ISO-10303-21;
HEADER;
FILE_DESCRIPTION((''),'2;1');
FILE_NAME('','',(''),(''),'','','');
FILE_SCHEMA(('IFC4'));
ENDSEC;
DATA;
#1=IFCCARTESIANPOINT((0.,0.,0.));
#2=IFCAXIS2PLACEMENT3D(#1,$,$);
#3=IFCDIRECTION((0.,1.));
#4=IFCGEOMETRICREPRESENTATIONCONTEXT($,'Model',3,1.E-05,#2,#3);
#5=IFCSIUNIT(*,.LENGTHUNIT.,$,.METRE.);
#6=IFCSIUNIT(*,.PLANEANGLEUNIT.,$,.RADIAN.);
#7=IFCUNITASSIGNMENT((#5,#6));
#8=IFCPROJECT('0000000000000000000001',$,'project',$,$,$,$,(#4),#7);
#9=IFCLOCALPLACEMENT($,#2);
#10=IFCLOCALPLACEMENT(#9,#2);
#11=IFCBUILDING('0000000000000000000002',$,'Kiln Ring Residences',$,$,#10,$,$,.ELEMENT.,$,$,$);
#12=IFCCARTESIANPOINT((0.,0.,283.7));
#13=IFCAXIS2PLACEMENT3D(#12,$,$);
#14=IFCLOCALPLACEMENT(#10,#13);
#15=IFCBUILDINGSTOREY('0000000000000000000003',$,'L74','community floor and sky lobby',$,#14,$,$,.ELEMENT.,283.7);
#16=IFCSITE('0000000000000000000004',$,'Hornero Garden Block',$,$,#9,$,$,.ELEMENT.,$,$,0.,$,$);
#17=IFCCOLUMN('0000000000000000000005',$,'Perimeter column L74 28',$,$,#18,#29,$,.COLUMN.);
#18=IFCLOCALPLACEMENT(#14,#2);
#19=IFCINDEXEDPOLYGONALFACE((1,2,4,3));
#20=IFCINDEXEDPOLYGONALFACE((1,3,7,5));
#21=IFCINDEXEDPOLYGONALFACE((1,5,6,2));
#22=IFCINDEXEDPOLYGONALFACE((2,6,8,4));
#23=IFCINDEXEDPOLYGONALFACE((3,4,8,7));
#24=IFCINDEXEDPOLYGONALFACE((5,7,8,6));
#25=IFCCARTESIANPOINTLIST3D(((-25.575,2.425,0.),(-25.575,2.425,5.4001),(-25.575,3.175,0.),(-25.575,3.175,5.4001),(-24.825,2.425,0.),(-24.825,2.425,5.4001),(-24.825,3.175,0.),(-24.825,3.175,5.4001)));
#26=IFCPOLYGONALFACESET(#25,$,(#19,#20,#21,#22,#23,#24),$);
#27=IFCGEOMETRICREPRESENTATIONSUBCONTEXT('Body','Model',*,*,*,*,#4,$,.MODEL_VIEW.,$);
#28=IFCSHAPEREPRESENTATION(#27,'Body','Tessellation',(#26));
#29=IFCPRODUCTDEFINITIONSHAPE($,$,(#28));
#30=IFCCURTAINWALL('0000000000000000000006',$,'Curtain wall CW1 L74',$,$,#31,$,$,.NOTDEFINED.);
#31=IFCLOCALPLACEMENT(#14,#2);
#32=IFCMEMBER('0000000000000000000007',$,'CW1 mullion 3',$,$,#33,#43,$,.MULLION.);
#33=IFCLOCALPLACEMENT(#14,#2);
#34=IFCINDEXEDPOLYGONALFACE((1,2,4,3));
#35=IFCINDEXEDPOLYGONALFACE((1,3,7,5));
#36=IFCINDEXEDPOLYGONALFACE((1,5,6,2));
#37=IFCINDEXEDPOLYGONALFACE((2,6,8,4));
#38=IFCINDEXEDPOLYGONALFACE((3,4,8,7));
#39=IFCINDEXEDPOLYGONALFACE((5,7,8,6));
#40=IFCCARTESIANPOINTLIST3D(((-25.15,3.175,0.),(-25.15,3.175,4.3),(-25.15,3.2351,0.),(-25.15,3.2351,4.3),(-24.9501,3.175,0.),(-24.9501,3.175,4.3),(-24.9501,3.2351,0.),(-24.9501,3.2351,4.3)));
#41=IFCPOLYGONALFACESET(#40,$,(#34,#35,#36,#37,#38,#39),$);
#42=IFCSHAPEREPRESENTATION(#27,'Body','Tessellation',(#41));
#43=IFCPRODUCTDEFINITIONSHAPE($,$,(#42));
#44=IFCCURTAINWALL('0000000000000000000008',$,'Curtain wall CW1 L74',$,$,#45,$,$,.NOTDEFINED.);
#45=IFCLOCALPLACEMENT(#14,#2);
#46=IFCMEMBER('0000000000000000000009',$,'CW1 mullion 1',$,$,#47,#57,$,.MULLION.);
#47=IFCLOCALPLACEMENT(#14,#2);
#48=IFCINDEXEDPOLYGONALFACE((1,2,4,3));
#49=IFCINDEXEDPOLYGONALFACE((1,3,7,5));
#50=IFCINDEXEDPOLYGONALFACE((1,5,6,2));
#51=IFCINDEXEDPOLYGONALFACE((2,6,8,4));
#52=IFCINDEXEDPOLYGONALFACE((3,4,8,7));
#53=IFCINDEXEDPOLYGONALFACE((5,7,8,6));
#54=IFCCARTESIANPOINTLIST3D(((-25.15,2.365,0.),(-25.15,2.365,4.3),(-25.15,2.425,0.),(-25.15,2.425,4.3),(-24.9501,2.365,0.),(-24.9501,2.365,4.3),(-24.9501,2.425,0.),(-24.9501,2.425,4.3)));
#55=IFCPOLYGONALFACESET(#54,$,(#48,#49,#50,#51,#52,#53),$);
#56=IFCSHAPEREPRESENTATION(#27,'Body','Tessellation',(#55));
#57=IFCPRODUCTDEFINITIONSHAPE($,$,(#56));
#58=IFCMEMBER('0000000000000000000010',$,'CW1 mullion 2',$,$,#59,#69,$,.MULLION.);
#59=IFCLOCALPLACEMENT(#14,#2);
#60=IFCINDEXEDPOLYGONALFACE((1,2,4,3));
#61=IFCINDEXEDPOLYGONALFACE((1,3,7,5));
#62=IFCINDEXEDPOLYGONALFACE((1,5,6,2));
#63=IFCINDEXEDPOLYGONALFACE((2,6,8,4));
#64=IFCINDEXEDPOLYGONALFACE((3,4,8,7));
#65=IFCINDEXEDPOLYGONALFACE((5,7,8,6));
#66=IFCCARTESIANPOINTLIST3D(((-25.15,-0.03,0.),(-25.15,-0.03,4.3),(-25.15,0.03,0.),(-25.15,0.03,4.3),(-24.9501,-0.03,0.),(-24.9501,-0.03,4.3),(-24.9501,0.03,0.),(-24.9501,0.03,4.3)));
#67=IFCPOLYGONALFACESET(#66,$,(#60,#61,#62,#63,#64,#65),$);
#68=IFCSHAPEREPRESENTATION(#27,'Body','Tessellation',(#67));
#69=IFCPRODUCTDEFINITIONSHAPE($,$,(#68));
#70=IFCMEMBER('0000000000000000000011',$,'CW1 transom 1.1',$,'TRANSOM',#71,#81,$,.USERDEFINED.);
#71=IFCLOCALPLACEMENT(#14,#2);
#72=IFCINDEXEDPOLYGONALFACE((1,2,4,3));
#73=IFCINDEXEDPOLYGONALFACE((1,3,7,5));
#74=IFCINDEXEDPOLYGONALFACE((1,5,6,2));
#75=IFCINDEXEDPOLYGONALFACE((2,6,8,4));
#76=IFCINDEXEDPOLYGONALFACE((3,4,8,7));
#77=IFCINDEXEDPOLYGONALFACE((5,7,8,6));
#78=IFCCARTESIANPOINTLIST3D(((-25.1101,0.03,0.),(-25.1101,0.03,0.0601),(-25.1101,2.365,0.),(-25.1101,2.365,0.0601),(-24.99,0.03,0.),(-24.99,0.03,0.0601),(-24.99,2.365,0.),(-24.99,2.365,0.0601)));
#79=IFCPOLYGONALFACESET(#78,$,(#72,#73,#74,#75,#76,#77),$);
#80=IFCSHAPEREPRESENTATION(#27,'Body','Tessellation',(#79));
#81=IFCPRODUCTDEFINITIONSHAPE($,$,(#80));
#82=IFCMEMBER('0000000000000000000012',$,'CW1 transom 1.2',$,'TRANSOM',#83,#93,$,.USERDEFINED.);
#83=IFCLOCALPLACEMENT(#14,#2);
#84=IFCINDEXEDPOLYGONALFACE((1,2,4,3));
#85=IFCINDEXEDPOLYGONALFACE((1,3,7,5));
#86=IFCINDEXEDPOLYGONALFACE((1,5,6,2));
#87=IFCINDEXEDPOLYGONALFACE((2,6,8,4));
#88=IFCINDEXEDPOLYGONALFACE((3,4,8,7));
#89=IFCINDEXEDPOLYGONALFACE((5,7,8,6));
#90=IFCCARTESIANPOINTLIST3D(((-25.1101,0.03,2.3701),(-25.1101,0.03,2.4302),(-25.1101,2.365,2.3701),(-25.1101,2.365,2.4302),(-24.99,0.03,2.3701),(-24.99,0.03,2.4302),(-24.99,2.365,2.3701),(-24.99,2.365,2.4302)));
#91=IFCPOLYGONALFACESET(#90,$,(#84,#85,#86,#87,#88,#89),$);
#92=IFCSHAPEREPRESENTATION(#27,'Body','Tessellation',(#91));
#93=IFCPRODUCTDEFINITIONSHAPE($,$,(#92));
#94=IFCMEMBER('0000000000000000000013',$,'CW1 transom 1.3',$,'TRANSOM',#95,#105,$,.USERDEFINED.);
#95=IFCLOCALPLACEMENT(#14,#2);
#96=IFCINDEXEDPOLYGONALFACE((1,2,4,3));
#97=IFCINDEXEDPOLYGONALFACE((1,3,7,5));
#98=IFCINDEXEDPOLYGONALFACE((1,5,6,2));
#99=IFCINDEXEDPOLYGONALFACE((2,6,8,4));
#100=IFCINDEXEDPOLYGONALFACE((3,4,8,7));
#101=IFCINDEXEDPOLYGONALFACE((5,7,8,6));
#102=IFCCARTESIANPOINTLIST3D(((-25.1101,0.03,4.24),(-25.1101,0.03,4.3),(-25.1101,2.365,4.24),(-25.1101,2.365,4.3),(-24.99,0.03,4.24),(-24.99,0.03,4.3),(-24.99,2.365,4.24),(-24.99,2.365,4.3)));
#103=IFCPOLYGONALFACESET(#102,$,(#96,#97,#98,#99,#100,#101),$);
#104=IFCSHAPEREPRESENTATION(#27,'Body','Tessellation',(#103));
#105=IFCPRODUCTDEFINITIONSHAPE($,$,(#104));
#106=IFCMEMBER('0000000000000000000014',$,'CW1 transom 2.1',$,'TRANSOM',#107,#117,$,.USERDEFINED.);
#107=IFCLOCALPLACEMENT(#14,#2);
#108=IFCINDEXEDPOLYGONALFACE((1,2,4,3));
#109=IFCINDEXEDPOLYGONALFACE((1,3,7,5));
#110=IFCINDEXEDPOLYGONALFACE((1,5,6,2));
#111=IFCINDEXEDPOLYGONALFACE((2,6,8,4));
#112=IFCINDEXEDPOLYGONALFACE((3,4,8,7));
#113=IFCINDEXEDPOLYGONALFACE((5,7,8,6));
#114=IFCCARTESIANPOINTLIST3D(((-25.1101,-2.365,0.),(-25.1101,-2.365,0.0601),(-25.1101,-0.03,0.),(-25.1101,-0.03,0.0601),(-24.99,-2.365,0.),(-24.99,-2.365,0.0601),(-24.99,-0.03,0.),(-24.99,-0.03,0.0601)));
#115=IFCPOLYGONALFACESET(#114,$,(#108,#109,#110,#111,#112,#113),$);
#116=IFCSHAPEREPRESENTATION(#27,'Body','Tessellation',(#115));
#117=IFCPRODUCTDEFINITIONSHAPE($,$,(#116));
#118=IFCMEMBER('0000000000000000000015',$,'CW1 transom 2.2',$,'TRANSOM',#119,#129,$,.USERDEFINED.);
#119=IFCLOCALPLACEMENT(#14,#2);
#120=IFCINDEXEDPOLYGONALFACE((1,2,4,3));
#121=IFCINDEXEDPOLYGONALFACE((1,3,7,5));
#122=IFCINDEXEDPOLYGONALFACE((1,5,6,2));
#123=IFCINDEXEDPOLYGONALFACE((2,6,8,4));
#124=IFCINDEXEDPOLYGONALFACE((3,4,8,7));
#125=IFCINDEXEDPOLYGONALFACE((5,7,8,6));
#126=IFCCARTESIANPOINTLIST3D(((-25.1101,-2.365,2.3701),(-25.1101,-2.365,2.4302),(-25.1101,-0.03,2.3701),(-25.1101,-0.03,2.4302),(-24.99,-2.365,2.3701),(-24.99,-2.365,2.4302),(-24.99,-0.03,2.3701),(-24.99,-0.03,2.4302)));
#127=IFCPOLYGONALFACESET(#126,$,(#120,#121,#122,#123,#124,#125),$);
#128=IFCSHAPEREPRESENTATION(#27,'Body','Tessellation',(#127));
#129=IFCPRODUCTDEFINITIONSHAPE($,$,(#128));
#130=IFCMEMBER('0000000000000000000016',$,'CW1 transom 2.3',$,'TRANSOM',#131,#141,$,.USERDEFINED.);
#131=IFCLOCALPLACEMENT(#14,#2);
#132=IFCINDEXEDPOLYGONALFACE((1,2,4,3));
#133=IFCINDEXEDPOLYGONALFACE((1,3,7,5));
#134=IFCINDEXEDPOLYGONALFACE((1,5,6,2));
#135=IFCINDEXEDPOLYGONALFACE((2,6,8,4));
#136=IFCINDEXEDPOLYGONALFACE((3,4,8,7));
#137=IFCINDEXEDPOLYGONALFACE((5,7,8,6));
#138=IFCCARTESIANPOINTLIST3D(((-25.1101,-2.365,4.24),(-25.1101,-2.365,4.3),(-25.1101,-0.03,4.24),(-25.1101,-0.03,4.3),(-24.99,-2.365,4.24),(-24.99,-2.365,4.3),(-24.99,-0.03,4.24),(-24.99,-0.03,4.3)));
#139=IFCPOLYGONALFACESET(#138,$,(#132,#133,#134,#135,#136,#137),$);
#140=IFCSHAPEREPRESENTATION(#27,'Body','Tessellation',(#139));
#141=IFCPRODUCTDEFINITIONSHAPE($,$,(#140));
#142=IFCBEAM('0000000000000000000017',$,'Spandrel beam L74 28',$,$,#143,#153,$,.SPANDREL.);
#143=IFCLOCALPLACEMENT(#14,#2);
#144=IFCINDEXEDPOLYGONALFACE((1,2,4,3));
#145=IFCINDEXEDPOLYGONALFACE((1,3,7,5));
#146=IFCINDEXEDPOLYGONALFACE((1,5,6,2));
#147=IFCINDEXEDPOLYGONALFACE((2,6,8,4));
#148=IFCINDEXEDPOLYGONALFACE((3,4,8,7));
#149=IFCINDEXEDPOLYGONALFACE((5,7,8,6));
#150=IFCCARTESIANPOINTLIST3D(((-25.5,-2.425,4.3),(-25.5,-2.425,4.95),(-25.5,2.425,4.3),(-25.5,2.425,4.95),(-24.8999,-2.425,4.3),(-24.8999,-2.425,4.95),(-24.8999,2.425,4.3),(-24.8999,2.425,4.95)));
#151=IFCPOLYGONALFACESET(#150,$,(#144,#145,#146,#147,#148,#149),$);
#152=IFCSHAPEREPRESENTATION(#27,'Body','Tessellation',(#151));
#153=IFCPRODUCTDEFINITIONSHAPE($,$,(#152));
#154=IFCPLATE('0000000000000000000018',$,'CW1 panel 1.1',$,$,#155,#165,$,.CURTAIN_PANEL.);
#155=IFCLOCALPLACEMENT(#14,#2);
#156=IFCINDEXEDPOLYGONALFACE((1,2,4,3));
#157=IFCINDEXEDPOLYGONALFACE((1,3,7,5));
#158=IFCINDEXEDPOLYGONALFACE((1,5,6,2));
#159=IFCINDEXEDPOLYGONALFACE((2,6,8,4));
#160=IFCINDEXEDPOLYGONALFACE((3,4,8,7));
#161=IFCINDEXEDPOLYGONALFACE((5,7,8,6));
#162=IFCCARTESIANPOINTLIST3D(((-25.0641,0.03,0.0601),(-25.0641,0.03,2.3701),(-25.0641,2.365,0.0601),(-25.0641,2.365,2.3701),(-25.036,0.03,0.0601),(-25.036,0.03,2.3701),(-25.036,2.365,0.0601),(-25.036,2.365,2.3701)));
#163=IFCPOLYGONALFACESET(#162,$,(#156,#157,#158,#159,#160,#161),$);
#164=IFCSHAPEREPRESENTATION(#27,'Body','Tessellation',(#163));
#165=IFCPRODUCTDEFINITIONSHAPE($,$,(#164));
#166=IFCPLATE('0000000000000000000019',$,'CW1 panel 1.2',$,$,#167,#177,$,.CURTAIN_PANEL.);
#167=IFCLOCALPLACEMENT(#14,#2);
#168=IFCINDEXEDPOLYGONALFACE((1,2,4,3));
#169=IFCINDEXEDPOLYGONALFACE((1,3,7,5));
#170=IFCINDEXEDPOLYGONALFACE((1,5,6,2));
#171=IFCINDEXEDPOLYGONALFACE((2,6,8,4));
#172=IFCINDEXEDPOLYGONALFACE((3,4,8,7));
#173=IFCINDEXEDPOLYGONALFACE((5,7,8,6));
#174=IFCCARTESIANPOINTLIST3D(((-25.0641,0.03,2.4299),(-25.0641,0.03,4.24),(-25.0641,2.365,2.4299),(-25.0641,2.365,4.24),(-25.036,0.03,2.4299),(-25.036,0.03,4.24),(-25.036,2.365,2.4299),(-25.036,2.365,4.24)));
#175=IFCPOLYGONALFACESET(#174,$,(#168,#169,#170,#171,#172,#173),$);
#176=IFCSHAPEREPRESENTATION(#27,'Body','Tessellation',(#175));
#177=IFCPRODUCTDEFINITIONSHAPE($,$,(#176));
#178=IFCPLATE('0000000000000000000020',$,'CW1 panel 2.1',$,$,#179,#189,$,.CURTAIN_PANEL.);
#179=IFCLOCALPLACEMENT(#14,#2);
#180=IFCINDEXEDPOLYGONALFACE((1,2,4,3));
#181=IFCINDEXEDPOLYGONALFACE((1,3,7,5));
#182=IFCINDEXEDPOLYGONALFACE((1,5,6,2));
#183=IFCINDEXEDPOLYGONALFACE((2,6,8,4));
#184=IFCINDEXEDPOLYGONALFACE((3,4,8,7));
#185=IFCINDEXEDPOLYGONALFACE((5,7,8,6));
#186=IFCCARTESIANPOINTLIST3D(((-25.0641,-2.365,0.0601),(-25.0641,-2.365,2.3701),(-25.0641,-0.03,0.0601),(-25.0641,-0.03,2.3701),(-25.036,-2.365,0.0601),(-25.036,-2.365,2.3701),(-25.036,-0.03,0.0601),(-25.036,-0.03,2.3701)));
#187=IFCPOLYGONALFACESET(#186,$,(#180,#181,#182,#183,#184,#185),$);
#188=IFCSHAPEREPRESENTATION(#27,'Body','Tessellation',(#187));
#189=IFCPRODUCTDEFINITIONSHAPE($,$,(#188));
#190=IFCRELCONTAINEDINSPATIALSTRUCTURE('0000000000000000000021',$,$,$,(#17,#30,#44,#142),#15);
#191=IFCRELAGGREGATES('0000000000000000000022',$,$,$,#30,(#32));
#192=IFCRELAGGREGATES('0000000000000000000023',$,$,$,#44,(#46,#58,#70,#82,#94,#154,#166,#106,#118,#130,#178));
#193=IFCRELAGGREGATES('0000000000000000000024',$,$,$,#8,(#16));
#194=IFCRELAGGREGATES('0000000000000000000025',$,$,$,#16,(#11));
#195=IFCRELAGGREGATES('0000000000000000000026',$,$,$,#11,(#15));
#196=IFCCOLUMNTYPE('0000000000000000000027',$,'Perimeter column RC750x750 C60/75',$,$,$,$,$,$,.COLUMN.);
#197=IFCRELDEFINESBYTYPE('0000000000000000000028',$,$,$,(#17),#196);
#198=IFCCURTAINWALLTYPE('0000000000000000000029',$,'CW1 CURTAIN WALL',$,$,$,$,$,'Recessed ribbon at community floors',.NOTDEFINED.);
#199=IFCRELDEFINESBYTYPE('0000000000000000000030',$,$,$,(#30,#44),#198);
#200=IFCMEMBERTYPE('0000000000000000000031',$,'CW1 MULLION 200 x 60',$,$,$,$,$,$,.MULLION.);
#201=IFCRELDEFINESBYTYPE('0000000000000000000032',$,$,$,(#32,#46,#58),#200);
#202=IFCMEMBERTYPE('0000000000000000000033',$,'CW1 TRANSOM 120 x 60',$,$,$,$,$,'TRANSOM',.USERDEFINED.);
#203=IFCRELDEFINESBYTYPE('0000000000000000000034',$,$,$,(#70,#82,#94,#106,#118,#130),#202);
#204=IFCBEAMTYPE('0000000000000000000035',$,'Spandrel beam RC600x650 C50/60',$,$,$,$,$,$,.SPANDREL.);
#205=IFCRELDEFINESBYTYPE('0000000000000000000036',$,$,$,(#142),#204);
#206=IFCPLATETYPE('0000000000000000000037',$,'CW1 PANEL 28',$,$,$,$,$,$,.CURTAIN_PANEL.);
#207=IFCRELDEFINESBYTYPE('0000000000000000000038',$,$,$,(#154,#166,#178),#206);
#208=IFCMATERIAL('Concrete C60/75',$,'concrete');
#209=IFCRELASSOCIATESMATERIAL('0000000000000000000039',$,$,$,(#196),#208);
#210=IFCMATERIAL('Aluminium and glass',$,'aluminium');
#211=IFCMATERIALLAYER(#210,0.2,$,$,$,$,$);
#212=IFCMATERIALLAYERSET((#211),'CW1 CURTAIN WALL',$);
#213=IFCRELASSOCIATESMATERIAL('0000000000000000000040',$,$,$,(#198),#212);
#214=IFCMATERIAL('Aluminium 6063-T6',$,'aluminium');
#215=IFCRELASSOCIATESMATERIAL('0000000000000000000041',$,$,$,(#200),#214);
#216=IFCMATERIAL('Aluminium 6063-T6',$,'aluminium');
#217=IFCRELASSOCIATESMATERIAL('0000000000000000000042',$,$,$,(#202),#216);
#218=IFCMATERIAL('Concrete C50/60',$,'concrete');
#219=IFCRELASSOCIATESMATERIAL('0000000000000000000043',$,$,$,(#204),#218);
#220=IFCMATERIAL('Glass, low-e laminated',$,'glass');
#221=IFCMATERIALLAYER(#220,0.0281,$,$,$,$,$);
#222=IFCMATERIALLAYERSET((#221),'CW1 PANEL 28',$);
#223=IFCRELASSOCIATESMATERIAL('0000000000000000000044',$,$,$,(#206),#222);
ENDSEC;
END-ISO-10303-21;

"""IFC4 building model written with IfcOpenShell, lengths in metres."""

from ifc_helpers import new_model, si_unit, direction, frame, origin, origin_2d, place, context, subcontext, project, spatial, rectangle, extrude, material, layer, layer_set, material_profile, profile_set, type_object, element, aggregate, save


model = new_model("IFC4")

# Units and contexts
model_context = context("Model", 3, precision=1e-05, world=origin(), true_north=direction((0.0, 1.0)))
body_context = subcontext(model_context, "Body", "Model", "MODEL_VIEW")
ifc_project = project(units=[si_unit("LENGTHUNIT", "METRE"), si_unit("PLANEANGLEUNIT", "RADIAN")], contexts=[model_context])

# Site, building, storey
site_placement = place(None, origin())
site = spatial("IfcSite", under=ifc_project, at=site_placement, Name="Hornero Garden Block", CompositionType="ELEMENT", RefElevation=0.0)
building_placement = place(site_placement, origin())
building = spatial("IfcBuilding", under=site, at=building_placement, Name="Kiln Ring Residences", CompositionType="ELEMENT")
storey_placement = place(building_placement, frame((0.0, 0.0, 283.7)))
storey = spatial("IfcBuildingStorey", under=building, at=storey_placement, Name="L74", Description="community floor and sky lobby", CompositionType="ELEMENT", Elevation=283.7)

# Column
ifc_material_1 = material(Name="Concrete C60/75", Category="concrete")
ifc_material_profile_1 = material_profile(ifc_material_1, rectangle(XDim=0.75, YDim=0.75, at=origin_2d()), Name="RC750x750")
ifc_profile_set_1 = profile_set([ifc_material_profile_1], Name="Concrete C60/75")
column_type = type_object("IfcColumnType", Name="Perimeter column RC750x750 C60/75", PredefinedType="COLUMN", material=ifc_profile_set_1)
column_placement = place(storey_placement, frame((-25.2, 2.8, 0.0), z_axis=(0.0, 0.0, 1.0), x_axis=(1.0, 0.0, 0.0)))
element("IfcColumn", 1, at=column_placement, inside=storey, type_object=column_type, Name="Perimeter column L74 28", PredefinedType="COLUMN", context=body_context, shape_type="SweptSolid", body=[
    extrude(rectangle(XDim=0.75, YDim=0.75, at=origin_2d()), origin(), (0.0, 0.0, 1.0), 5.4001),
])

# Curtain wall, member
ifc_material_2 = material(Name="Aluminium and glass", Category="aluminium")
ifc_layer_1 = layer(ifc_material_2, 0.2)
ifc_layer_set_1 = layer_set([ifc_layer_1], Name="CW1 CURTAIN WALL")
curtain_wall_type = type_object("IfcCurtainWallType", Name="CW1 CURTAIN WALL", ElementType="Recessed ribbon at community floors", PredefinedType="NOTDEFINED", material=ifc_layer_set_1)
placement = place(storey_placement, origin())
curtain_wall_1 = element("IfcCurtainWall", 2, at=placement, inside=storey, type_object=curtain_wall_type, Name="Curtain wall CW1 L74", PredefinedType="NOTDEFINED")
ifc_material_3 = material(Name="Aluminium 6063-T6", Category="aluminium")
ifc_material_profile_2 = material_profile(ifc_material_3, rectangle(XDim=0.2, YDim=0.0601, at=origin_2d()), Name="AL 200x60")
ifc_profile_set_2 = profile_set([ifc_material_profile_2], Name="Aluminium 6063-T6")
member_type_1 = type_object("IfcMemberType", Name="CW1 MULLION 200 x 60", PredefinedType="MULLION", material=ifc_profile_set_2)
member_1_placement = place(storey_placement, frame((-25.05, 3.2051, 0.0), z_axis=(0.0, 0.0, 1.0), x_axis=(1.0, 0.0, 0.0)))
member_1 = element("IfcMember", 3, at=member_1_placement, type_object=member_type_1, Name="CW1 mullion 3", PredefinedType="MULLION", context=body_context, shape_type="SweptSolid", body=[
    extrude(rectangle(XDim=0.2, YDim=0.0601, at=origin_2d()), origin(), (0.0, 0.0, 1.0), 4.3),
])
aggregate(curtain_wall_1, [member_1])

# Curtain wall, members
curtain_wall_2 = element("IfcCurtainWall", 4, at=placement, inside=storey, type_object=curtain_wall_type, Name="Curtain wall CW1 L74", PredefinedType="NOTDEFINED")
member_2_placement = place(storey_placement, frame((-25.05, 2.395, 0.0), z_axis=(0.0, 0.0, 1.0), x_axis=(1.0, 0.0, 0.0)))
member_2 = element("IfcMember", 5, at=member_2_placement, type_object=member_type_1, Name="CW1 mullion 1", PredefinedType="MULLION", context=body_context, shape_type="SweptSolid", body=[
    extrude(rectangle(XDim=0.2, YDim=0.0601, at=origin_2d()), origin(), (0.0, 0.0, 1.0), 4.3),
])
member_3_placement = place(storey_placement, frame((-25.05, 0.0, 0.0), z_axis=(0.0, 0.0, 1.0), x_axis=(1.0, 0.0, 0.0)))
member_3 = element("IfcMember", 6, at=member_3_placement, type_object=member_type_1, Name="CW1 mullion 2", PredefinedType="MULLION", context=body_context, shape_type="SweptSolid", body=[
    extrude(rectangle(XDim=0.2, YDim=0.0601, at=origin_2d()), origin(), (0.0, 0.0, 1.0), 4.3),
])
ifc_material_4 = material(Name="Aluminium 6063-T6", Category="aluminium")
ifc_material_profile_3 = material_profile(ifc_material_4, rectangle(XDim=0.1201, YDim=0.0601, at=origin_2d()), Name="AL 120x60")
ifc_profile_set_3 = profile_set([ifc_material_profile_3], Name="Aluminium 6063-T6")
member_type_2 = type_object("IfcMemberType", Name="CW1 TRANSOM 120 x 60", ElementType="TRANSOM", PredefinedType="USERDEFINED", material=ifc_profile_set_3)
member_4_placement = place(storey_placement, frame((-25.05, 2.365, 0.03), z_axis=(0.0, -1.0, 0.0), x_axis=(1.0, 0.0, 0.0)))
member_4 = element("IfcMember", 7, at=member_4_placement, type_object=member_type_2, Name="CW1 transom 1.1", ObjectType="TRANSOM", PredefinedType="USERDEFINED", context=body_context, shape_type="SweptSolid", body=[
    extrude(rectangle(XDim=0.1201, YDim=0.0601, at=origin_2d()), origin(), (0.0, 0.0, 1.0), 2.335),
])
member_5_placement = place(storey_placement, frame((-25.05, 2.365, 2.4001), z_axis=(0.0, -1.0, 0.0), x_axis=(1.0, 0.0, 0.0)))
member_5 = element("IfcMember", 8, at=member_5_placement, type_object=member_type_2, Name="CW1 transom 1.2", ObjectType="TRANSOM", PredefinedType="USERDEFINED", context=body_context, shape_type="SweptSolid", body=[
    extrude(rectangle(XDim=0.1201, YDim=0.0601, at=origin_2d()), origin(), (0.0, 0.0, 1.0), 2.335),
])
member_6_placement = place(storey_placement, frame((-25.05, 2.365, 4.27), z_axis=(0.0, -1.0, 0.0), x_axis=(1.0, 0.0, 0.0)))
member_6 = element("IfcMember", 9, at=member_6_placement, type_object=member_type_2, Name="CW1 transom 1.3", ObjectType="TRANSOM", PredefinedType="USERDEFINED", context=body_context, shape_type="SweptSolid", body=[
    extrude(rectangle(XDim=0.1201, YDim=0.0601, at=origin_2d()), origin(), (0.0, 0.0, 1.0), 2.335),
])
member_7_placement = place(storey_placement, frame((-25.05, -0.03, 0.03), z_axis=(0.0, -1.0, 0.0), x_axis=(1.0, 0.0, 0.0)))
member_7 = element("IfcMember", 10, at=member_7_placement, type_object=member_type_2, Name="CW1 transom 2.1", ObjectType="TRANSOM", PredefinedType="USERDEFINED", context=body_context, shape_type="SweptSolid", body=[
    extrude(rectangle(XDim=0.1201, YDim=0.0601, at=origin_2d()), origin(), (0.0, 0.0, 1.0), 2.335),
])
member_8_placement = place(storey_placement, frame((-25.05, -0.03, 2.4001), z_axis=(0.0, -1.0, 0.0), x_axis=(1.0, 0.0, 0.0)))
member_8 = element("IfcMember", 11, at=member_8_placement, type_object=member_type_2, Name="CW1 transom 2.2", ObjectType="TRANSOM", PredefinedType="USERDEFINED", context=body_context, shape_type="SweptSolid", body=[
    extrude(rectangle(XDim=0.1201, YDim=0.0601, at=origin_2d()), origin(), (0.0, 0.0, 1.0), 2.335),
])
member_9_placement = place(storey_placement, frame((-25.05, -0.03, 4.27), z_axis=(0.0, -1.0, 0.0), x_axis=(1.0, 0.0, 0.0)))
member_9 = element("IfcMember", 12, at=member_9_placement, type_object=member_type_2, Name="CW1 transom 2.3", ObjectType="TRANSOM", PredefinedType="USERDEFINED", context=body_context, shape_type="SweptSolid", body=[
    extrude(rectangle(XDim=0.1201, YDim=0.0601, at=origin_2d()), origin(), (0.0, 0.0, 1.0), 2.335),
])

# Beam
ifc_material_5 = material(Name="Concrete C50/60", Category="concrete")
ifc_material_profile_4 = material_profile(ifc_material_5, rectangle(XDim=0.6001, YDim=0.6499, at=origin_2d()), Name="RC600x650")
ifc_profile_set_4 = profile_set([ifc_material_profile_4], Name="Concrete C50/60")
beam_type = type_object("IfcBeamType", Name="Spandrel beam RC600x650 C50/60", PredefinedType="SPANDREL", material=ifc_profile_set_4)
beam_placement = place(storey_placement, frame((-25.2, 2.425, 4.625), z_axis=(0.0, -1.0, 0.0), x_axis=(1.0, 0.0, 0.0)))
element("IfcBeam", 13, at=beam_placement, inside=storey, type_object=beam_type, Name="Spandrel beam L74 28", PredefinedType="SPANDREL", context=body_context, shape_type="SweptSolid", body=[
    extrude(rectangle(XDim=0.6001, YDim=0.6499, at=origin_2d()), origin(), (0.0, 0.0, 1.0), 4.8501),
])

# Plates
ifc_material_6 = material(Name="Glass, low-e laminated", Category="glass")
ifc_layer_2 = layer(ifc_material_6, 0.0281)
ifc_layer_set_2 = layer_set([ifc_layer_2], Name="CW1 PANEL 28")
plate_type = type_object("IfcPlateType", Name="CW1 PANEL 28", PredefinedType="CURTAIN_PANEL", material=ifc_layer_set_2)
plate_1_placement = place(storey_placement, frame((-25.05, 1.1975, 0.0601), z_axis=(0.0, 0.0, 1.0), x_axis=(0.0, -1.0, 0.0)))
plate_1 = element("IfcPlate", 14, at=plate_1_placement, type_object=plate_type, Name="CW1 panel 1.1", PredefinedType="CURTAIN_PANEL", context=body_context, shape_type="SweptSolid", body=[
    extrude(rectangle(XDim=2.335, YDim=0.0281, at=origin_2d()), origin(), (0.0, 0.0, 1.0), 2.3101),
])
plate_2_placement = place(storey_placement, frame((-25.05, 1.1975, 2.4299), z_axis=(0.0, 0.0, 1.0), x_axis=(0.0, -1.0, 0.0)))
plate_2 = element("IfcPlate", 15, at=plate_2_placement, type_object=plate_type, Name="CW1 panel 1.2", PredefinedType="CURTAIN_PANEL", context=body_context, shape_type="SweptSolid", body=[
    extrude(rectangle(XDim=2.335, YDim=0.0281, at=origin_2d()), origin(), (0.0, 0.0, 1.0), 1.8101),
])
plate_3_placement = place(storey_placement, frame((-25.05, -1.1975, 0.0601), z_axis=(0.0, 0.0, 1.0), x_axis=(0.0, -1.0, 0.0)))
plate_3 = element("IfcPlate", 16, at=plate_3_placement, type_object=plate_type, Name="CW1 panel 2.1", PredefinedType="CURTAIN_PANEL", context=body_context, shape_type="SweptSolid", body=[
    extrude(rectangle(XDim=2.335, YDim=0.0281, at=origin_2d()), origin(), (0.0, 0.0, 1.0), 2.3101),
])
aggregate(curtain_wall_2, [member_2, member_3, member_4, member_5, member_6, plate_1, plate_2, member_7, member_8, member_9, plate_3])

save(model, "model.ifc")
